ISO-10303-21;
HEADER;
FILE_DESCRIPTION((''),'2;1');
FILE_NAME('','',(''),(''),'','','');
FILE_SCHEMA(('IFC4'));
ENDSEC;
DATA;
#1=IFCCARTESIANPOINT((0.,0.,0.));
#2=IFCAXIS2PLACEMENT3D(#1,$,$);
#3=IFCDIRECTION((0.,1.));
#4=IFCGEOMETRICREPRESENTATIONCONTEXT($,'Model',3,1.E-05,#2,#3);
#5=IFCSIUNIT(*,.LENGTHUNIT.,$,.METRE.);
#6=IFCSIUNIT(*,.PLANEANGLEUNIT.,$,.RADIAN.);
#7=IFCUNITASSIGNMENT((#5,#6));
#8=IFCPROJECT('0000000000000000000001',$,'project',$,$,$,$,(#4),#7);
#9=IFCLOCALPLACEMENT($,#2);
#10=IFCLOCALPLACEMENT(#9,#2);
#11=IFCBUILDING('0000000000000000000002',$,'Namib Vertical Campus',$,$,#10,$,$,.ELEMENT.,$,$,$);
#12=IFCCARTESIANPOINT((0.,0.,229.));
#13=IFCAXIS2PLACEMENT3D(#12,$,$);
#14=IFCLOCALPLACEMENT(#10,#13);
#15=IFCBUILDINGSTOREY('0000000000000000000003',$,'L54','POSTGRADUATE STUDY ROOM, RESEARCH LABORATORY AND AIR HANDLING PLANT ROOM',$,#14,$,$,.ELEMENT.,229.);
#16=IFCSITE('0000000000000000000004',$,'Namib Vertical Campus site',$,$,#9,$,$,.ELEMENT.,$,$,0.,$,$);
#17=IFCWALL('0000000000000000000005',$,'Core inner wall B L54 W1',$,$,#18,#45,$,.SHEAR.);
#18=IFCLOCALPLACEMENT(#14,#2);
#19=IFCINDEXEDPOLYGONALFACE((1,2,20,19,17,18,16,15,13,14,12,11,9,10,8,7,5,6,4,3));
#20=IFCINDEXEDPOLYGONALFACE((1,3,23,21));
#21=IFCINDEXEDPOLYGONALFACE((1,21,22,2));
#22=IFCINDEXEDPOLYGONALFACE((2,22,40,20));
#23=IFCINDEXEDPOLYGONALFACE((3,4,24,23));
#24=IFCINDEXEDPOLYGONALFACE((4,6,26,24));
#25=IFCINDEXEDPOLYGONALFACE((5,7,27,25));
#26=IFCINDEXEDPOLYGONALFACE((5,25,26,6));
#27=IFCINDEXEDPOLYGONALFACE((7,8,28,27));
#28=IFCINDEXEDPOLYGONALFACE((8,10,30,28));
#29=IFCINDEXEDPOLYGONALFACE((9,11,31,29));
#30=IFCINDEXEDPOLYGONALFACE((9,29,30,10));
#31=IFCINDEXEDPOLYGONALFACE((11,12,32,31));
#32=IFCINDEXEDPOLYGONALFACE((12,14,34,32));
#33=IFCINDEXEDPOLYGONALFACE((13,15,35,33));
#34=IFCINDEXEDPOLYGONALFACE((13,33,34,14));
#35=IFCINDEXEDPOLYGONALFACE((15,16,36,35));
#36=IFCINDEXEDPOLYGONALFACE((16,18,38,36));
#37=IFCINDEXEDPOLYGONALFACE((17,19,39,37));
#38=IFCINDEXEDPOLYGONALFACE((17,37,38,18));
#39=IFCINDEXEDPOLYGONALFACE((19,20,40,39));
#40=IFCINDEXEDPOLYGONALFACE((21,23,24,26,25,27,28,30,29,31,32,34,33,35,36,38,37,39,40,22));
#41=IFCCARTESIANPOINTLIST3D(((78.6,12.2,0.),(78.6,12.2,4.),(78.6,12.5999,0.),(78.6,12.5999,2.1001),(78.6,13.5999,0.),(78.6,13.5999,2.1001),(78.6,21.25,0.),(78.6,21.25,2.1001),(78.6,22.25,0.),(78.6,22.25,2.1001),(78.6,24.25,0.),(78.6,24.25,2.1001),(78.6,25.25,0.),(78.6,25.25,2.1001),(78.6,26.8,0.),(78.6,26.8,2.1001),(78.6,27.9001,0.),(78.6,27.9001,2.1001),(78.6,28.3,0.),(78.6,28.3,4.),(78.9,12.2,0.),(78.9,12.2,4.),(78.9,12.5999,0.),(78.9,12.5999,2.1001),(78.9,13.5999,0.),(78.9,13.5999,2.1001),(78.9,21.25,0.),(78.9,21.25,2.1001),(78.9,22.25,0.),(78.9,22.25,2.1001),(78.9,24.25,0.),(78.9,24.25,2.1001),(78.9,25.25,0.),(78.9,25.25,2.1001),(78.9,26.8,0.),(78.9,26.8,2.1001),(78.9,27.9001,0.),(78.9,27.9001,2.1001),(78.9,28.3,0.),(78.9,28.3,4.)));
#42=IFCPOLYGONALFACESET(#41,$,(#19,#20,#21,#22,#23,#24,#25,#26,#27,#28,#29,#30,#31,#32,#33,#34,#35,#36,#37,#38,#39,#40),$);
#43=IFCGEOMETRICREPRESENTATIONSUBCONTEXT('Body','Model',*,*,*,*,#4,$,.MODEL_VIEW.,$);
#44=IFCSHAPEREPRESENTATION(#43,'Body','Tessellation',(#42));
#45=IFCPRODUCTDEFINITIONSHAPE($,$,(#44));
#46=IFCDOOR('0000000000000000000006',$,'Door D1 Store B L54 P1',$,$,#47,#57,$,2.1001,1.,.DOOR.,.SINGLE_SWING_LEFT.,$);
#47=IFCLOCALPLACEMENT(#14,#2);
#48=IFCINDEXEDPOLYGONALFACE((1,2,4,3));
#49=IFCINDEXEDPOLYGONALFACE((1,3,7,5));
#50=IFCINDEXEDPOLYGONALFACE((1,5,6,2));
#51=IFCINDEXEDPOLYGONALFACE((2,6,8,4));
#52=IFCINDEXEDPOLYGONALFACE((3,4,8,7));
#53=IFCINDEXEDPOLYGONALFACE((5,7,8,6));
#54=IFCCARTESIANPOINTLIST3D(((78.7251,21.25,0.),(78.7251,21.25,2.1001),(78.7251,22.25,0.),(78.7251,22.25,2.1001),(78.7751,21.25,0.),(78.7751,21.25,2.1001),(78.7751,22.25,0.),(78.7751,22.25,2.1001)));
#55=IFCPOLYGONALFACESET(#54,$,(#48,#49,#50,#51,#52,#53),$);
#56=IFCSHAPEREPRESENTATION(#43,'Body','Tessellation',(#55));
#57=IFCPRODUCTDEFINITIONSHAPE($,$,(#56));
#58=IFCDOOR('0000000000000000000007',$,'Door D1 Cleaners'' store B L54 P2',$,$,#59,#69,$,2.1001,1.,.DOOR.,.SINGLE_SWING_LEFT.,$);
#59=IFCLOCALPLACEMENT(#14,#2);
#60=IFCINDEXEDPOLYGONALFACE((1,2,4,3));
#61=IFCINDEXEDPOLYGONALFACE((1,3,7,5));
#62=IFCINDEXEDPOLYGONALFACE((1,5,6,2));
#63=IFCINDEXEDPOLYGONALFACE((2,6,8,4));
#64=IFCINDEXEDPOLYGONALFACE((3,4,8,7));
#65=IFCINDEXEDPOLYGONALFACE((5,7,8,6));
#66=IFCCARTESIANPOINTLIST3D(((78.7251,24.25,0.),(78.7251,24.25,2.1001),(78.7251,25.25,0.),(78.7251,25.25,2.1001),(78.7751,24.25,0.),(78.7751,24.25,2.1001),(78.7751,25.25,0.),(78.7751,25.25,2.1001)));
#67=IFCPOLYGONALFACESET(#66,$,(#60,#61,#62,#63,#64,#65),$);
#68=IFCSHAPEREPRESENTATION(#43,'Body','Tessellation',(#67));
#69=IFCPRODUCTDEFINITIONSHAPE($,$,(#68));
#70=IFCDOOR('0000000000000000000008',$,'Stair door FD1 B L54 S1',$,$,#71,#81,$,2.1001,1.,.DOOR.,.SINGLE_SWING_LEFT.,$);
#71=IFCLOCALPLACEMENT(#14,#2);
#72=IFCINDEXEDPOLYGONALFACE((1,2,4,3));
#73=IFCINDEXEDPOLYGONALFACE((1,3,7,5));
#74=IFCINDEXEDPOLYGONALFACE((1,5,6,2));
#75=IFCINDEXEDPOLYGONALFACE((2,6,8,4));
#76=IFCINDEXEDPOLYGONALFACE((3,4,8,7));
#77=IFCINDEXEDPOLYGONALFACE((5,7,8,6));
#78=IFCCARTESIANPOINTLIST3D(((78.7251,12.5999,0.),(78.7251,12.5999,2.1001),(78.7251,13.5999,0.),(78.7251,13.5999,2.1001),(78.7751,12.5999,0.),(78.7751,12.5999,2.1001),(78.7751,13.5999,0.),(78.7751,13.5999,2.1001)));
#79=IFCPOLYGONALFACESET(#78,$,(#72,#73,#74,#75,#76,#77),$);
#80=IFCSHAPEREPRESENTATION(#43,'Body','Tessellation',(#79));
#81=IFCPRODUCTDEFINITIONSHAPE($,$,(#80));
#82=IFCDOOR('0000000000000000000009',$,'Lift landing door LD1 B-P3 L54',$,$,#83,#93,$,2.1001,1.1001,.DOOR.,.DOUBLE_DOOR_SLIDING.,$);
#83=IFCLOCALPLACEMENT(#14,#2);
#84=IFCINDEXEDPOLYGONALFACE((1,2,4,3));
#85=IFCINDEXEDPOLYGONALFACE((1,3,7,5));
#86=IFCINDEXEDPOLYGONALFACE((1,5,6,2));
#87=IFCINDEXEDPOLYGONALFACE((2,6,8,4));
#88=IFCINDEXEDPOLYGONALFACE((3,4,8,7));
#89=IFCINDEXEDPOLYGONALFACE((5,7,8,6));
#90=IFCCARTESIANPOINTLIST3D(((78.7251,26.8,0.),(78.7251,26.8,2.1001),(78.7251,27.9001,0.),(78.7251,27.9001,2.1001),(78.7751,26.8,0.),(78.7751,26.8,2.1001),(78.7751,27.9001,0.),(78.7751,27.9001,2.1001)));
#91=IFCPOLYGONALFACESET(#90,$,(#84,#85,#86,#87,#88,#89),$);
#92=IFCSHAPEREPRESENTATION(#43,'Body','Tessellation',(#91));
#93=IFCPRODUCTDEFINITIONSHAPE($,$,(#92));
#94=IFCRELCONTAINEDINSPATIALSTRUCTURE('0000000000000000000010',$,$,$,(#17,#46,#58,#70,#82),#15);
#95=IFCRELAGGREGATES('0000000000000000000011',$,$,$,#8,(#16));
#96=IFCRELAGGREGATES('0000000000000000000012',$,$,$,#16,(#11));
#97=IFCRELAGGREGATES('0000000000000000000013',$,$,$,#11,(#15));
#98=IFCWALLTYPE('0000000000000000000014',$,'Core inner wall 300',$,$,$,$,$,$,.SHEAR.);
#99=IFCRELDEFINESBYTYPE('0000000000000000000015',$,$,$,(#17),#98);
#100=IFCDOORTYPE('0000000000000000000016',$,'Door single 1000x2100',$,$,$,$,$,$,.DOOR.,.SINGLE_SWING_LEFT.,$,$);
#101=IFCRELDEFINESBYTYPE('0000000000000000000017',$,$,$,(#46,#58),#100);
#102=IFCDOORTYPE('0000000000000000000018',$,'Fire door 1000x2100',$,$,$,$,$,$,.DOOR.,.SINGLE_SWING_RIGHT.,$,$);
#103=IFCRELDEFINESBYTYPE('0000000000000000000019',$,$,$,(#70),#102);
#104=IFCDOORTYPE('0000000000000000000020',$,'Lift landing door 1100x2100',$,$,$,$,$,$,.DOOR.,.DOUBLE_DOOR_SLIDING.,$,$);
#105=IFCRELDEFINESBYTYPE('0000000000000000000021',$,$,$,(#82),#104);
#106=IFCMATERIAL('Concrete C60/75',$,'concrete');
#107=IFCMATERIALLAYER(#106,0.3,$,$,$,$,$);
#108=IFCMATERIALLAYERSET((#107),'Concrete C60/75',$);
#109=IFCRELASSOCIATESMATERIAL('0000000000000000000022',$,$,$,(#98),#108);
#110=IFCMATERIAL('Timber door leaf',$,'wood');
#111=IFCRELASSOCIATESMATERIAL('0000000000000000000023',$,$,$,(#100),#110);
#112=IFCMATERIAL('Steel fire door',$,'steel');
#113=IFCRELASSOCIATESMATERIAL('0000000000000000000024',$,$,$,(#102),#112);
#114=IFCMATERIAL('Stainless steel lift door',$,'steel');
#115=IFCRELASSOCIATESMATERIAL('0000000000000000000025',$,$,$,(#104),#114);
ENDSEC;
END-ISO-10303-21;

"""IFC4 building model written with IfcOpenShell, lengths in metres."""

from ifc_helpers import new_model, si_unit, direction, frame, frame_2d, origin, place, context, subcontext, project, spatial, rectangle, extrude, material, layer, layer_set, type_object, element, fill, save


model = new_model("IFC4")

# Units and contexts
model_context = context("Model", 3, precision=1e-05, world=origin(), true_north=direction((0.0, 1.0)))
body_context = subcontext(model_context, "Body", "Model", "MODEL_VIEW")
ifc_project = project(units=[si_unit("LENGTHUNIT", "METRE"), si_unit("PLANEANGLEUNIT", "RADIAN")], contexts=[model_context])

# Site, building, storey
site_placement = place(None, origin())
site = spatial("IfcSite", under=ifc_project, at=site_placement, Name="Namib Vertical Campus site", CompositionType="ELEMENT", RefElevation=0.0)
building_placement = place(site_placement, origin())
building = spatial("IfcBuilding", under=site, at=building_placement, Name="Namib Vertical Campus", CompositionType="ELEMENT")
storey_placement = place(building_placement, frame((0.0, 0.0, 229.0)))
storey = spatial("IfcBuildingStorey", under=building, at=storey_placement, Name="L54", Description="POSTGRADUATE STUDY ROOM, RESEARCH LABORATORY AND AIR HANDLING PLANT ROOM", CompositionType="ELEMENT", Elevation=229.0)

# Wall, openings, doors
ifc_material_1 = material(Name="Concrete C60/75", Category="concrete")
ifc_layer_1 = layer(ifc_material_1, 0.3)
ifc_layer_set_1 = layer_set([ifc_layer_1], Name="Concrete C60/75")
wall_type_1 = type_object("IfcWallType", Name="Core inner wall 300", PredefinedType="SHEAR", material=ifc_layer_set_1)
wall_1_placement = place(storey_placement, frame((78.75, 12.2, 0.0), z_axis=(0.0, 0.0, 1.0), x_axis=(0.0, 1.0, 0.0)))
wall_1 = element("IfcWall", 1, at=wall_1_placement, inside=storey, type_object=wall_type_1, Name="Core inner wall B L54 W1", PredefinedType="SHEAR", context=body_context, shape_type="SweptSolid", body=[
    extrude(rectangle(XDim=16.1001, YDim=0.3, at=frame_2d((8.05, 0.0))), origin(), (0.0, 0.0, 1.0), 4.0),
])
opening_1_placement = place(wall_1_placement, frame((0.3999, 0.0, 0.0)))
opening_1 = element("IfcOpeningElement", 2, at=opening_1_placement, cuts=wall_1, PredefinedType="OPENING", context=body_context, shape_type="SweptSolid", body=[
    extrude(rectangle(XDim=1.0, YDim=2.1001, at=frame_2d((0.5, 1.05))), frame((0.0, 0.1599, 0.0), z_axis=(0.0, -1.0, 0.0), x_axis=(1.0, 0.0, 0.0)), (0.0, 0.0, 1.0), 0.3201),
])
opening_2_placement = place(wall_1_placement, frame((14.6001, 0.0, 0.0)))
opening_2 = element("IfcOpeningElement", 3, at=opening_2_placement, cuts=wall_1, PredefinedType="OPENING", context=body_context, shape_type="SweptSolid", body=[
    extrude(rectangle(XDim=1.1001, YDim=2.1001, at=frame_2d((0.55, 1.05))), frame((0.0, 0.1599, 0.0), z_axis=(0.0, -1.0, 0.0), x_axis=(1.0, 0.0, 0.0)), (0.0, 0.0, 1.0), 0.3201),
])
opening_3_placement = place(wall_1_placement, frame((9.05, 0.0, 0.0)))
opening_3 = element("IfcOpeningElement", 4, at=opening_3_placement, cuts=wall_1, PredefinedType="OPENING", context=body_context, shape_type="SweptSolid", body=[
    extrude(rectangle(XDim=1.0, YDim=2.1001, at=frame_2d((0.5, 1.05))), frame((0.0, 0.1599, 0.0), z_axis=(0.0, -1.0, 0.0), x_axis=(1.0, 0.0, 0.0)), (0.0, 0.0, 1.0), 0.3201),
])
opening_4_placement = place(wall_1_placement, frame((12.05, 0.0, 0.0)))
opening_4 = element("IfcOpeningElement", 5, at=opening_4_placement, cuts=wall_1, PredefinedType="OPENING", context=body_context, shape_type="SweptSolid", body=[
    extrude(rectangle(XDim=1.0, YDim=2.1001, at=frame_2d((0.5, 1.05))), frame((0.0, 0.1599, 0.0), z_axis=(0.0, -1.0, 0.0), x_axis=(1.0, 0.0, 0.0)), (0.0, 0.0, 1.0), 0.3201),
])
ifc_material_2 = material(Name="Timber door leaf", Category="wood")
door_type_1 = type_object("IfcDoorType", Name="Door single 1000x2100", OperationType="SINGLE_SWING_LEFT", PredefinedType="DOOR", material=ifc_material_2)
door_1_placement = place(opening_3_placement, origin())
door_1 = element("IfcDoor", 6, at=door_1_placement, inside=storey, type_object=door_type_1, Name="Door D1 Store B L54 P1", OperationType="SINGLE_SWING_LEFT", OverallHeight=2.1001, OverallWidth=1.0, PredefinedType="DOOR", context=body_context, shape_type="SweptSolid", body=[
    extrude(rectangle(XDim=1.0, YDim=2.1001, at=frame_2d((0.5, 1.05))), frame((0.0, 0.0249, 0.0), z_axis=(0.0, -1.0, 0.0), x_axis=(1.0, 0.0, 0.0)), (0.0, 0.0, 1.0), 0.05),
])
fill(opening_3, door_1)
door_2_placement = place(opening_4_placement, origin())
door_2 = element("IfcDoor", 7, at=door_2_placement, inside=storey, type_object=door_type_1, Name="Door D1 Cleaners' store B L54 P2", OperationType="SINGLE_SWING_LEFT", OverallHeight=2.1001, OverallWidth=1.0, PredefinedType="DOOR", context=body_context, shape_type="SweptSolid", body=[
    extrude(rectangle(XDim=1.0, YDim=2.1001, at=frame_2d((0.5, 1.05))), frame((0.0, 0.0249, 0.0), z_axis=(0.0, -1.0, 0.0), x_axis=(1.0, 0.0, 0.0)), (0.0, 0.0, 1.0), 0.05),
])
fill(opening_4, door_2)
ifc_material_3 = material(Name="Steel fire door", Category="steel")
door_type_2 = type_object("IfcDoorType", Name="Fire door 1000x2100", OperationType="SINGLE_SWING_RIGHT", PredefinedType="DOOR", material=ifc_material_3)
door_3_placement = place(opening_1_placement, origin())
door_3 = element("IfcDoor", 8, at=door_3_placement, inside=storey, type_object=door_type_2, Name="Stair door FD1 B L54 S1", OperationType="SINGLE_SWING_LEFT", OverallHeight=2.1001, OverallWidth=1.0, PredefinedType="DOOR", context=body_context, shape_type="SweptSolid", body=[
    extrude(rectangle(XDim=1.0, YDim=2.1001, at=frame_2d((0.5, 1.05))), frame((0.0, 0.0249, 0.0), z_axis=(0.0, -1.0, 0.0), x_axis=(1.0, 0.0, 0.0)), (0.0, 0.0, 1.0), 0.05),
])
fill(opening_1, door_3)
ifc_material_4 = material(Name="Stainless steel lift door", Category="steel")
door_type_3 = type_object("IfcDoorType", Name="Lift landing door 1100x2100", OperationType="DOUBLE_DOOR_SLIDING", PredefinedType="DOOR", material=ifc_material_4)
door_4_placement = place(opening_2_placement, origin())
door_4 = element("IfcDoor", 9, at=door_4_placement, inside=storey, type_object=door_type_3, Name="Lift landing door LD1 B-P3 L54", OperationType="DOUBLE_DOOR_SLIDING", OverallHeight=2.1001, OverallWidth=1.1001, PredefinedType="DOOR", context=body_context, shape_type="SweptSolid", body=[
    extrude(rectangle(XDim=1.1001, YDim=2.1001, at=frame_2d((0.55, 1.05))), frame((0.0, 0.0249, 0.0), z_axis=(0.0, -1.0, 0.0), x_axis=(1.0, 0.0, 0.0)), (0.0, 0.0, 1.0), 0.05),
])
fill(opening_2, door_4)

save(model, "model.ifc")
